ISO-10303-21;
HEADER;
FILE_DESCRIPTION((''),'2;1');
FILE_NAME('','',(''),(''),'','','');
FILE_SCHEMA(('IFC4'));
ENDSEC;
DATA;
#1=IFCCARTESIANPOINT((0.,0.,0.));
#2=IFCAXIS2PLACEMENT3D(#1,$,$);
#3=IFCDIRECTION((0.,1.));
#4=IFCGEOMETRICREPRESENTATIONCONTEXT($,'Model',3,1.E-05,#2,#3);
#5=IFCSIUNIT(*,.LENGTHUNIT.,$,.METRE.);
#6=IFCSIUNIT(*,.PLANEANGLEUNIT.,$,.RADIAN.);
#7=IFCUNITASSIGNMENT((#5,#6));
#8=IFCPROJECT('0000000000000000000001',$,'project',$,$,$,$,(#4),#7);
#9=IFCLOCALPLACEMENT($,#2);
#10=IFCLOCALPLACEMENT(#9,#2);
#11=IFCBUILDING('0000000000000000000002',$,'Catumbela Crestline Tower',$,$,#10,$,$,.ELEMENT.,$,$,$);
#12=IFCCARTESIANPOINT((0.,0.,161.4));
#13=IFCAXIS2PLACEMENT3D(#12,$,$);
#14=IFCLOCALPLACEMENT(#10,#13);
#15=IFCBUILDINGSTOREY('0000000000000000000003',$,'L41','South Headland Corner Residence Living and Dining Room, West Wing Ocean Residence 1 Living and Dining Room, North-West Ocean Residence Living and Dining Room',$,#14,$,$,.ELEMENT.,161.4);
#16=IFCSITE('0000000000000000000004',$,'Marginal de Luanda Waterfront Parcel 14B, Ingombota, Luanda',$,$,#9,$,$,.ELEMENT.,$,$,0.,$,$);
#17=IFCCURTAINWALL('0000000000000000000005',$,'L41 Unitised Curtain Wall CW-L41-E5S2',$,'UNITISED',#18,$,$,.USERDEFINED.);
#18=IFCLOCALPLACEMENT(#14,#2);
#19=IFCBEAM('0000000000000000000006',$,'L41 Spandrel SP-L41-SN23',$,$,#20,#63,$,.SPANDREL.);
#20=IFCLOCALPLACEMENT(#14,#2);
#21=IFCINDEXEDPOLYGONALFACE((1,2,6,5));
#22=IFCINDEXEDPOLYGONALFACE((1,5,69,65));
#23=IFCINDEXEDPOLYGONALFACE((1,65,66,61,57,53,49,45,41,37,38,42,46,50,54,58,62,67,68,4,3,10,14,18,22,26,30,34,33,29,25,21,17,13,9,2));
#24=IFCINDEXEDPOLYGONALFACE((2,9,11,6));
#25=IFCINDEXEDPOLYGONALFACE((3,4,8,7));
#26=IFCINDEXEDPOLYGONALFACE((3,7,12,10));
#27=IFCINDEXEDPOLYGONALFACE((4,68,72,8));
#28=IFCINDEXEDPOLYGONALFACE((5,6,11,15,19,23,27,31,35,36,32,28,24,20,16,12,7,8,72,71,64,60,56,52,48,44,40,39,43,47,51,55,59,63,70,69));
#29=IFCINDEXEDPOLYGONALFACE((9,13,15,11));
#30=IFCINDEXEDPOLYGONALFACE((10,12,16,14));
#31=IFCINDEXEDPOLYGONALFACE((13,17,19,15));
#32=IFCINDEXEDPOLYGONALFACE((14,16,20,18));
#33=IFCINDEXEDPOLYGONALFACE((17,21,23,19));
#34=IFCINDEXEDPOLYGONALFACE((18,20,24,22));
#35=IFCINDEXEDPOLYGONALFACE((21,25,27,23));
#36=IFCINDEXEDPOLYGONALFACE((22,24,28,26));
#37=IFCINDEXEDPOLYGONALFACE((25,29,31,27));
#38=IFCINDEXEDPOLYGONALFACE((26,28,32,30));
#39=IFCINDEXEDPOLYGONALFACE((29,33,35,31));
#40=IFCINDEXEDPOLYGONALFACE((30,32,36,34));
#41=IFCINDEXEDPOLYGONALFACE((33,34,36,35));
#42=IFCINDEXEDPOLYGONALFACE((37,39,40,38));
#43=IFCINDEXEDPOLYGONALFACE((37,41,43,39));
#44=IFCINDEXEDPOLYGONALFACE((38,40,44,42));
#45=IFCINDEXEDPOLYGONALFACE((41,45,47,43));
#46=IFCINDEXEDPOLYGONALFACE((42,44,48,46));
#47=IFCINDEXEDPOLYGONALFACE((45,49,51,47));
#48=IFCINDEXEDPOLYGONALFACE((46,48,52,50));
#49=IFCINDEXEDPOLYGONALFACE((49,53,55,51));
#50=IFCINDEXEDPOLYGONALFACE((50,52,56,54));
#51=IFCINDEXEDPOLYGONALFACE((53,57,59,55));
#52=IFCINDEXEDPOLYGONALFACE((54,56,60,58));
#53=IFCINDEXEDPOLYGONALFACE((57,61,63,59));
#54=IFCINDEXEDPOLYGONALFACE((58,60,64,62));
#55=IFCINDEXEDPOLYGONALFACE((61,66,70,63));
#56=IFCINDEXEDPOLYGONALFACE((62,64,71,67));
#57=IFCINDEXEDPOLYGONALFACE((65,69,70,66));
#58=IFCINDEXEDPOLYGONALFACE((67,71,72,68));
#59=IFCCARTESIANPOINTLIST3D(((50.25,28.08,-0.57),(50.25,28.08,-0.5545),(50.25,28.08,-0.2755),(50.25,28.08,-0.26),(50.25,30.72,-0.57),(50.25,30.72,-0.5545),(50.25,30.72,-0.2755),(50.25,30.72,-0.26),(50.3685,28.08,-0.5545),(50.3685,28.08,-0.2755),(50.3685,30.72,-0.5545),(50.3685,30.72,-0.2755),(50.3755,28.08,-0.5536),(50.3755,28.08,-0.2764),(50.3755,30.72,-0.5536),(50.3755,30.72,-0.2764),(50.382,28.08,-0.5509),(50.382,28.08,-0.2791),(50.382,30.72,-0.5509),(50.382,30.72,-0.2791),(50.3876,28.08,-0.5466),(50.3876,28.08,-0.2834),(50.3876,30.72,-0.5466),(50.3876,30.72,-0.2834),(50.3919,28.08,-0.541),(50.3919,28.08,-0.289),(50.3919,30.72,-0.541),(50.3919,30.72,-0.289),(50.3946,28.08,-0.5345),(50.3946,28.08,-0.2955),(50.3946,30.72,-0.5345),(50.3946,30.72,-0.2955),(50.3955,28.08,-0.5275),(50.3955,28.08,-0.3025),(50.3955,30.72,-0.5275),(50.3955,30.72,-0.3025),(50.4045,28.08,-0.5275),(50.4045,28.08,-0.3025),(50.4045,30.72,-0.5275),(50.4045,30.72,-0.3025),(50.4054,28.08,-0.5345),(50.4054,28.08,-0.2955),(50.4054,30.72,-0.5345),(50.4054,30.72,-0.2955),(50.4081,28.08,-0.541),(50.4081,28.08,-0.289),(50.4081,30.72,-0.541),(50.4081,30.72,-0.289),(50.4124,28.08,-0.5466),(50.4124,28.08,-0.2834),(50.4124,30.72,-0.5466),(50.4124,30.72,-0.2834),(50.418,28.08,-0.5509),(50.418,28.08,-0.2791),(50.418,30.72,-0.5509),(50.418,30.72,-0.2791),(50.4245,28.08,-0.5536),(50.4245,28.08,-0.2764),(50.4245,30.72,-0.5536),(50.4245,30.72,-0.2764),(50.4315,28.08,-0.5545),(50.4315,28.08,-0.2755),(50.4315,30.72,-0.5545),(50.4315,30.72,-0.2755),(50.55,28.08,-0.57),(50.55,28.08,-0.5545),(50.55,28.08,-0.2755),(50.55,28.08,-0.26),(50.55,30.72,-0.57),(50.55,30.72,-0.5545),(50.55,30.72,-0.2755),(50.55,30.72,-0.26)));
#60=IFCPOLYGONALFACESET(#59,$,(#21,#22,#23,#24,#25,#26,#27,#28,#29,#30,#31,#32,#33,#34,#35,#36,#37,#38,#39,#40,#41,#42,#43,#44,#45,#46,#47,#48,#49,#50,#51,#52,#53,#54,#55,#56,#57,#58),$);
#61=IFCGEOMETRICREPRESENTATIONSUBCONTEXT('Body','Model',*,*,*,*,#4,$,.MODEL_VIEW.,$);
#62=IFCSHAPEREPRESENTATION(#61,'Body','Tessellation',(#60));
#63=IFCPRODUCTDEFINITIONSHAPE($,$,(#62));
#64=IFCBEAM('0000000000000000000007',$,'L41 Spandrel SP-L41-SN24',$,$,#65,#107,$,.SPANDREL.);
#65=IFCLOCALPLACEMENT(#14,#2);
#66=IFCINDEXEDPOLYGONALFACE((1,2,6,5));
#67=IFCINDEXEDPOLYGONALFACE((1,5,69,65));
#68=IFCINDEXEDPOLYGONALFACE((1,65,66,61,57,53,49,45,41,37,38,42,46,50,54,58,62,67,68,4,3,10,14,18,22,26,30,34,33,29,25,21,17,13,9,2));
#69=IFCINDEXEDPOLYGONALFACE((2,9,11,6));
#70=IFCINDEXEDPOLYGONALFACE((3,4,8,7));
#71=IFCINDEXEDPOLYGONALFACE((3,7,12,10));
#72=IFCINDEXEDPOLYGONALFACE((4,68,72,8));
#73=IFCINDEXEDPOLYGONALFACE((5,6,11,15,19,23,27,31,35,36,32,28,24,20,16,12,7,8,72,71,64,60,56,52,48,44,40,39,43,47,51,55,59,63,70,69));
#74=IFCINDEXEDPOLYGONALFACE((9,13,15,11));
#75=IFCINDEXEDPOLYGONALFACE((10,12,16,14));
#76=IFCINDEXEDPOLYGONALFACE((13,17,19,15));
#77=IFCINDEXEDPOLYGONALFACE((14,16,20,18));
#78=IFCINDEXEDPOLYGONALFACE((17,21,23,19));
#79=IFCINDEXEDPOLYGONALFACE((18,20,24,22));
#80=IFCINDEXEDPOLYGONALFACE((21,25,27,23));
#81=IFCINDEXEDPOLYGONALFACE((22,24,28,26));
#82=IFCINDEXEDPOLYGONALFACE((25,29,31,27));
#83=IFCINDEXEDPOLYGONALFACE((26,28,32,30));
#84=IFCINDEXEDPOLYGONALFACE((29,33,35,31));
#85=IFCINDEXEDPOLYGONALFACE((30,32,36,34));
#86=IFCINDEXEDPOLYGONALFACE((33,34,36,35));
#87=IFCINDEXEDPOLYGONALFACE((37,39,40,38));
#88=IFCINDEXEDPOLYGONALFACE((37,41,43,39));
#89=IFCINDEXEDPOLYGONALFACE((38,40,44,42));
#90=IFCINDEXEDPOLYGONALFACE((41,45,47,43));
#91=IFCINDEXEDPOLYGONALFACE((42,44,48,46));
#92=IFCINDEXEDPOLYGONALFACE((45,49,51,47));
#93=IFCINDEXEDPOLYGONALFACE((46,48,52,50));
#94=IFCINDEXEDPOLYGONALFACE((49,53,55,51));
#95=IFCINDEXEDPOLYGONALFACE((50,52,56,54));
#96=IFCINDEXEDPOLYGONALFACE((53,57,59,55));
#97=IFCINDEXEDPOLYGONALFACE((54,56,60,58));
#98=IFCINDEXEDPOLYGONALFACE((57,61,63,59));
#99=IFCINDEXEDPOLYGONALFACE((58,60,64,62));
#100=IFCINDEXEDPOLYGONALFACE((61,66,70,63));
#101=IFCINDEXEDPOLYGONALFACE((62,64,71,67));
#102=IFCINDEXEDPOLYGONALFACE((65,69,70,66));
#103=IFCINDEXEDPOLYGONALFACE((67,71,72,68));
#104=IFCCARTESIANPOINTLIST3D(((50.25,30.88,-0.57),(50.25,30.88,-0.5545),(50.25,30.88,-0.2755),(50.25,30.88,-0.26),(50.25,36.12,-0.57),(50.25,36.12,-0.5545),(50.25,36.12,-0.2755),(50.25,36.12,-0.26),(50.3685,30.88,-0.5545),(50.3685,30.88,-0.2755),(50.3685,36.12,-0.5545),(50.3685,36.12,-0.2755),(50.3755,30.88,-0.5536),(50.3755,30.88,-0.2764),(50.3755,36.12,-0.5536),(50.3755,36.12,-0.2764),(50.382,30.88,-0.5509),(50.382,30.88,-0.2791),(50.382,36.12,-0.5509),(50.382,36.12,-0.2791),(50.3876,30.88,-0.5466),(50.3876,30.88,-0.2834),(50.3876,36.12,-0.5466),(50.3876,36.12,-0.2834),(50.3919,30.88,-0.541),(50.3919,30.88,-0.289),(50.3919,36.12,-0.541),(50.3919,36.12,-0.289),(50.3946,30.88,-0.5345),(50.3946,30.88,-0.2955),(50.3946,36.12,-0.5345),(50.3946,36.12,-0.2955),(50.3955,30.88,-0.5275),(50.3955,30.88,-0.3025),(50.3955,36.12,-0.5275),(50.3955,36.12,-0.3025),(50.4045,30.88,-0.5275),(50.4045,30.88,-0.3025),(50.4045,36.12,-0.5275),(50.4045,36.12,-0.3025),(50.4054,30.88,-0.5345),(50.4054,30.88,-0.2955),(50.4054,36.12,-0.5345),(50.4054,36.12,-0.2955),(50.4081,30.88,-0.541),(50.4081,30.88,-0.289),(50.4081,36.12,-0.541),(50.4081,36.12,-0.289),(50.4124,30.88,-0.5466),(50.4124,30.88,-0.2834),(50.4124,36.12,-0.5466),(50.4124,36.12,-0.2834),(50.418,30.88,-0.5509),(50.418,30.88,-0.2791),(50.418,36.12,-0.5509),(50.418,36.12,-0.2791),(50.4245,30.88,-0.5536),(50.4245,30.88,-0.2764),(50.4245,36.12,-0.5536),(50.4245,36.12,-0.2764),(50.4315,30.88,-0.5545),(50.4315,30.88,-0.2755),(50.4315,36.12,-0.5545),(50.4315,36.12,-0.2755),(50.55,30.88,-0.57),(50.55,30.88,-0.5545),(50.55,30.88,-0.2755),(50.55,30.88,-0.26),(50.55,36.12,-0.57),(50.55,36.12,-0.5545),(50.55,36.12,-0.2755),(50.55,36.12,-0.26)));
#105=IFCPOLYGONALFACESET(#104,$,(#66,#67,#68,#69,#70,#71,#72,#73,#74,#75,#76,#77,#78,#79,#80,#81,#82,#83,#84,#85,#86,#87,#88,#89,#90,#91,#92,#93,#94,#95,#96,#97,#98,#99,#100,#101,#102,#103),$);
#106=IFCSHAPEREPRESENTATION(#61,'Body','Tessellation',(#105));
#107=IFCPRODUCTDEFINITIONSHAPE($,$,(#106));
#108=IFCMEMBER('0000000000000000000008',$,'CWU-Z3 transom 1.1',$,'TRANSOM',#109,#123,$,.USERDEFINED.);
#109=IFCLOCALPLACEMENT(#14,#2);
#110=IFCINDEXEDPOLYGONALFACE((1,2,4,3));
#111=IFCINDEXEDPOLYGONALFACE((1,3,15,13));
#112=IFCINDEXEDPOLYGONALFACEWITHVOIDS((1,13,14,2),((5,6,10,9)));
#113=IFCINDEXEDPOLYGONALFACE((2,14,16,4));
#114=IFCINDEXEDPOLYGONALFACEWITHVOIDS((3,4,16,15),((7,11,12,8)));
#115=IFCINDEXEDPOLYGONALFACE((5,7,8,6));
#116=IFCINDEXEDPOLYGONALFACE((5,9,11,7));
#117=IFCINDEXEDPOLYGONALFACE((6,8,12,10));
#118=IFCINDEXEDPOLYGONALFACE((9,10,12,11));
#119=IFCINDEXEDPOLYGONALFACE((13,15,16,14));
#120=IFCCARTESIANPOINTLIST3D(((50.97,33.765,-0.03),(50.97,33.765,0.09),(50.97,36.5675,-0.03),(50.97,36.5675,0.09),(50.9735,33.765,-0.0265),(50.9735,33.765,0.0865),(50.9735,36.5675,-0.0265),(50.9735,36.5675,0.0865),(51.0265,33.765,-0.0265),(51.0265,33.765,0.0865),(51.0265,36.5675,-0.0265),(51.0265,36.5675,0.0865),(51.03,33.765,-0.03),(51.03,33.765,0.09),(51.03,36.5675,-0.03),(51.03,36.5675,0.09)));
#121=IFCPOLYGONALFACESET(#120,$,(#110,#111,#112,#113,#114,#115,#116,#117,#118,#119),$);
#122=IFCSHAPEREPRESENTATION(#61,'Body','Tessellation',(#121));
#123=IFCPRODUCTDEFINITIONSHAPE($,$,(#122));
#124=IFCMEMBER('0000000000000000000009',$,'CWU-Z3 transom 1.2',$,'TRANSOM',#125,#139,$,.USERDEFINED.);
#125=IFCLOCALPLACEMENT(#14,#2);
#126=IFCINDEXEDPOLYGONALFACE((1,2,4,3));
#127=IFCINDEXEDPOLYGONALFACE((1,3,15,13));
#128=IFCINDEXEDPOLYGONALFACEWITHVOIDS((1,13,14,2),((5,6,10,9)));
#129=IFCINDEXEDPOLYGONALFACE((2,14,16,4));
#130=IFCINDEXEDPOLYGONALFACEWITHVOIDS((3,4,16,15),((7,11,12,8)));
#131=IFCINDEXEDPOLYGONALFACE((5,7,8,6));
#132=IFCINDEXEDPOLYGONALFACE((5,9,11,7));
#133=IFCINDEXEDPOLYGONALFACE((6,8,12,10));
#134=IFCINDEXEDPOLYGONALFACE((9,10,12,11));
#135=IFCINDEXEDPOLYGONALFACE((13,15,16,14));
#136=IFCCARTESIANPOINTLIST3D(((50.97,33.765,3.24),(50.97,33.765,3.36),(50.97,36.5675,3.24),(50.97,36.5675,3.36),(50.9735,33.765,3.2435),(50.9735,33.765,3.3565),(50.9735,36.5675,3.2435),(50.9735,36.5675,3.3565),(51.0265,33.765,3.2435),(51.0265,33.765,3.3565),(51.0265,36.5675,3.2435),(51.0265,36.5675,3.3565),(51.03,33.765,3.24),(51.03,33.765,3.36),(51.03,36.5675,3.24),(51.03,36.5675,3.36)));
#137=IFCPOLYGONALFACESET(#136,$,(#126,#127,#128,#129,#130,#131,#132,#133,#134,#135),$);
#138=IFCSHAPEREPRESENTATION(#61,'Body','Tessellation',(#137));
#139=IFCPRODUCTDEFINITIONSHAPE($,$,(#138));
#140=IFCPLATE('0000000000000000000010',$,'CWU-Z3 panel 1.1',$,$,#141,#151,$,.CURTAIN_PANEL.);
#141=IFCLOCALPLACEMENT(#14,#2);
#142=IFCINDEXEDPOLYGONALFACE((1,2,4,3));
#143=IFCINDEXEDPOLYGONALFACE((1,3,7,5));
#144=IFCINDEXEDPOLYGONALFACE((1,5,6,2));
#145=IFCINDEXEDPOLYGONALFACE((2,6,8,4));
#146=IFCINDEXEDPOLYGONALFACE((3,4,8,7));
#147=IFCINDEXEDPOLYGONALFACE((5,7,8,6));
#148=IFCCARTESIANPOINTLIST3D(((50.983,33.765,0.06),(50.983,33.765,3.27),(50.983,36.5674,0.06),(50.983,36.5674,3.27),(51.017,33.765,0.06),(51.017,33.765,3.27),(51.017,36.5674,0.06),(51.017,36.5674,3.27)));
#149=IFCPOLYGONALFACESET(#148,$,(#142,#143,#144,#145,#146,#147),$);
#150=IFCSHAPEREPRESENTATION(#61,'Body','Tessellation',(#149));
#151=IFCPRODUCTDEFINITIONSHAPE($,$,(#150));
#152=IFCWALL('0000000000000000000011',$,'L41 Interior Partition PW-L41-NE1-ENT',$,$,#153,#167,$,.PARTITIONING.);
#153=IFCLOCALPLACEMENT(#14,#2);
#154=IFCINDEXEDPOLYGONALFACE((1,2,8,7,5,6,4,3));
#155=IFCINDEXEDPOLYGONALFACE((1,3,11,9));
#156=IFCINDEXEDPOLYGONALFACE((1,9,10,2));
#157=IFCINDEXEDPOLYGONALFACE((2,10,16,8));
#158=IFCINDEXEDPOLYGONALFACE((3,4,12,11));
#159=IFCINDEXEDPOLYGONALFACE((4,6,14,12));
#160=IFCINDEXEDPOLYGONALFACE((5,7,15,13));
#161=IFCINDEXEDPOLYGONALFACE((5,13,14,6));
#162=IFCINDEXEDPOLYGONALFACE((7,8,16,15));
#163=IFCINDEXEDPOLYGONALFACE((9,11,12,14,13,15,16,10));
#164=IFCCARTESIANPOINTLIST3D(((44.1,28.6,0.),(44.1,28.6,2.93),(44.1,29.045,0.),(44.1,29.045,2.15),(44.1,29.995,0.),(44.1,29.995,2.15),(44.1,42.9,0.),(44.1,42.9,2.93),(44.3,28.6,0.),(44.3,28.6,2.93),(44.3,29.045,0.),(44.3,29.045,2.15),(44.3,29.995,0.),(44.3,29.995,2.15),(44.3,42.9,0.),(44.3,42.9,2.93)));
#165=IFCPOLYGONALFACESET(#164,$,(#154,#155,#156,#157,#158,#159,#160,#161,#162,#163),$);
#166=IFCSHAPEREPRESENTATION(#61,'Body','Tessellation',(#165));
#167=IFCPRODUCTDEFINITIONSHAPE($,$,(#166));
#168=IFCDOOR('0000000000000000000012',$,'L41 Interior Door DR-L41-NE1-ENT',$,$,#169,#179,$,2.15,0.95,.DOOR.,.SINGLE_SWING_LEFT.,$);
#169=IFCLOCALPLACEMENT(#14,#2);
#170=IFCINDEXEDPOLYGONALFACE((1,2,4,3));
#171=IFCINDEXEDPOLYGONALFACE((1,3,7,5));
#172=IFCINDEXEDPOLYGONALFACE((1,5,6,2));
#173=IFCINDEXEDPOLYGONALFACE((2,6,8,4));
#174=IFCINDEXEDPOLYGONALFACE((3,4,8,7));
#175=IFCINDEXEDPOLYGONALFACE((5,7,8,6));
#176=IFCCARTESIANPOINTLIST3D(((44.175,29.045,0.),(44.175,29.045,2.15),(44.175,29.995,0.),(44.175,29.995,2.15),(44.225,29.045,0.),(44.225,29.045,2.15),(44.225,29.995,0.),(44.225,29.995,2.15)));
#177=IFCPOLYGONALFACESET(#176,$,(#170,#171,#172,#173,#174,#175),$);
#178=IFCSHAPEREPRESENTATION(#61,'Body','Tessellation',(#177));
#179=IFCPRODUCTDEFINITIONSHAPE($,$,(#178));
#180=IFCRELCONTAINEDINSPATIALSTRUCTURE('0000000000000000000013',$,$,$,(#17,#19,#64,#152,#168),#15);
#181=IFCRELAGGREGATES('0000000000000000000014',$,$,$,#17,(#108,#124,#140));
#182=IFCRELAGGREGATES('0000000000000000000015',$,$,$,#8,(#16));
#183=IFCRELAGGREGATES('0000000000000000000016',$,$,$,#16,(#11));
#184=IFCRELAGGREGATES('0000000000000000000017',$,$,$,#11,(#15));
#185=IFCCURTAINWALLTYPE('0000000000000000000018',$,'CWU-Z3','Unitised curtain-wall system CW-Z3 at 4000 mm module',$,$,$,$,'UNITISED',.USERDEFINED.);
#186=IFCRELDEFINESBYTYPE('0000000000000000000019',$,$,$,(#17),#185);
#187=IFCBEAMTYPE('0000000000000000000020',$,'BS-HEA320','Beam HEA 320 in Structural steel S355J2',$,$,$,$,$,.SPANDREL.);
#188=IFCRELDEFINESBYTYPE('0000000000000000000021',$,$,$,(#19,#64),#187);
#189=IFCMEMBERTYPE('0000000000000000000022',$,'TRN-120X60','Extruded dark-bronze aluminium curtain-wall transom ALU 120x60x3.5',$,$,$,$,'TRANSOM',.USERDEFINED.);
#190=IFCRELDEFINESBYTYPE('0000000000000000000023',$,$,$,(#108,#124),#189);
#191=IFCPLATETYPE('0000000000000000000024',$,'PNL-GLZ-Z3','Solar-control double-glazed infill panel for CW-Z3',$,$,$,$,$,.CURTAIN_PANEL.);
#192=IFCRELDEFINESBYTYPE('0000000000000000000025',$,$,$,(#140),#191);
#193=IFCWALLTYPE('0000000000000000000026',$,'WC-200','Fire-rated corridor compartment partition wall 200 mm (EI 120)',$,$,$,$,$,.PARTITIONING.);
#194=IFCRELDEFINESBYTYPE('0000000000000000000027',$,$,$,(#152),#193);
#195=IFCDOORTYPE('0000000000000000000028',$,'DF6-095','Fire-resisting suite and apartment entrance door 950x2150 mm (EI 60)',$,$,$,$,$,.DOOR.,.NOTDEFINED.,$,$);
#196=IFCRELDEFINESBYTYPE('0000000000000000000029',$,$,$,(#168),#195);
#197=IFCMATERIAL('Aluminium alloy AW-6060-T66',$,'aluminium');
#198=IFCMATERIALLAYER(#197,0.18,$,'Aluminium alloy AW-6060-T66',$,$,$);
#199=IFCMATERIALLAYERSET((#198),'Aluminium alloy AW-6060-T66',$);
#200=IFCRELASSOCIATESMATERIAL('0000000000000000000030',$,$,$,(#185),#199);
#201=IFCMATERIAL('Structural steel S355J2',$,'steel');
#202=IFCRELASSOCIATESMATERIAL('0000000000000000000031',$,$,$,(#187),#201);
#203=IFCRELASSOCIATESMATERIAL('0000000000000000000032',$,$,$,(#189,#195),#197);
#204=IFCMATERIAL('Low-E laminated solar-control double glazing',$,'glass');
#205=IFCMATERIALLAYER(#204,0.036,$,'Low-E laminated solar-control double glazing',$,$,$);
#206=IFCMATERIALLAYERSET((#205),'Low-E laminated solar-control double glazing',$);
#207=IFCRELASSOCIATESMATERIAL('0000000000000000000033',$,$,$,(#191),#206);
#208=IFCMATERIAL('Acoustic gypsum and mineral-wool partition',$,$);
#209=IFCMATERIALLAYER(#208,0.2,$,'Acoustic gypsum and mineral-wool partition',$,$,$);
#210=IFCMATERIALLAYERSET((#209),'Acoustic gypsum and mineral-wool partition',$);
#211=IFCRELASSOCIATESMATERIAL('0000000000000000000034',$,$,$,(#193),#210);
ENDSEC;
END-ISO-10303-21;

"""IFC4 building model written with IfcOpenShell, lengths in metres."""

from ifc_helpers import new_model, si_unit, direction, frame, frame_2d, origin, origin_2d, place, context, subcontext, project, spatial, rectangle, hollow_rectangle, i_section, extrude, material, layer, layer_set, material_profile, profile_set, type_object, element, fill, aggregate, save


model = new_model("IFC4")

# Units and contexts
model_context = context("Model", 3, precision=1e-05, world=origin(), true_north=direction((0.0, 1.0)))
body_context = subcontext(model_context, "Body", "Model", "MODEL_VIEW")
ifc_project = project(units=[si_unit("LENGTHUNIT", "METRE"), si_unit("PLANEANGLEUNIT", "RADIAN")], contexts=[model_context])

# Site, building, storey
site_placement = place(None, origin())
site = spatial("IfcSite", under=ifc_project, at=site_placement, Name="Marginal de Luanda Waterfront Parcel 14B, Ingombota, Luanda", CompositionType="ELEMENT", RefElevation=0.0)
building_placement = place(site_placement, origin())
building = spatial("IfcBuilding", under=site, at=building_placement, Name="Catumbela Crestline Tower", CompositionType="ELEMENT")
storey_placement = place(building_placement, frame((0.0, 0.0, 161.4)))
storey = spatial("IfcBuildingStorey", under=building, at=storey_placement, Name="L41", Description="South Headland Corner Residence Living and Dining Room, West Wing Ocean Residence 1 Living and Dining Room, North-West Ocean Residence Living and Dining Room", CompositionType="ELEMENT", Elevation=161.4)

# Shared definitions
ifc_material_1 = material(Name="Structural steel S355J2", Category="steel")

# Curtain wall
ifc_material_2 = material(Name="Aluminium alloy AW-6060-T66", Category="aluminium")
ifc_layer_1 = layer(ifc_material_2, 0.18, Name="Aluminium alloy AW-6060-T66")
ifc_layer_set_1 = layer_set([ifc_layer_1], Name="Aluminium alloy AW-6060-T66")
curtain_wall_type = type_object("IfcCurtainWallType", Name="CWU-Z3", Description="Unitised curtain-wall system CW-Z3 at 4000 mm module", ElementType="UNITISED", PredefinedType="USERDEFINED", material=ifc_layer_set_1)
curtain_wall_placement = place(storey_placement, origin())
curtain_wall = element("IfcCurtainWall", 1, at=curtain_wall_placement, inside=storey, type_object=curtain_wall_type, Name="L41 Unitised Curtain Wall CW-L41-E5S2", ObjectType="UNITISED", PredefinedType="USERDEFINED")

# Beams
ifc_material_profile_1 = material_profile(ifc_material_1, i_section(OverallWidth=0.3, OverallDepth=0.31, WebThickness=0.009, FlangeThickness=0.0155, FilletRadius=0.027, at=origin_2d()), Name="HEA 320")
ifc_profile_set_1 = profile_set([ifc_material_profile_1], Name="Structural steel S355J2")
beam_type_1 = type_object("IfcBeamType", Name="BS-HEA320", Description="Beam HEA 320 in Structural steel S355J2", PredefinedType="SPANDREL", material=ifc_profile_set_1)
beam_1_placement = place(storey_placement, frame((50.4, 28.08, -0.415), z_axis=(0.0, 1.0, 0.0), x_axis=(-1.0, 0.0, 0.0)))
element("IfcBeam", 2, at=beam_1_placement, inside=storey, type_object=beam_type_1, Name="L41 Spandrel SP-L41-SN23", PredefinedType="SPANDREL", context=body_context, shape_type="SweptSolid", body=[
    extrude(i_section(OverallWidth=0.3, OverallDepth=0.31, WebThickness=0.009, FlangeThickness=0.0155, FilletRadius=0.027, at=origin_2d()), origin(), (0.0, 0.0, 1.0), 2.64),
])
beam_2_placement = place(storey_placement, frame((50.4, 30.88, -0.415), z_axis=(0.0, 1.0, 0.0), x_axis=(-1.0, 0.0, 0.0)))
element("IfcBeam", 3, at=beam_2_placement, inside=storey, type_object=beam_type_1, Name="L41 Spandrel SP-L41-SN24", PredefinedType="SPANDREL", context=body_context, shape_type="SweptSolid", body=[
    extrude(i_section(OverallWidth=0.3, OverallDepth=0.31, WebThickness=0.009, FlangeThickness=0.0155, FilletRadius=0.027, at=origin_2d()), origin(), (0.0, 0.0, 1.0), 5.24),
])

# Members
ifc_material_profile_2 = material_profile(ifc_material_2, hollow_rectangle(XDim=0.06, YDim=0.12, WallThickness=0.0035, at=origin_2d()), Name="ALU 120x60x3.5")
ifc_profile_set_2 = profile_set([ifc_material_profile_2], Name="Aluminium alloy AW-6060-T66")
member_type_1 = type_object("IfcMemberType", Name="TRN-120X60", Description="Extruded dark-bronze aluminium curtain-wall transom ALU 120x60x3.5", ElementType="TRANSOM", PredefinedType="USERDEFINED", material=ifc_profile_set_2)
member_1_placement = place(storey_placement, frame((51.0, 33.765, 0.03), z_axis=(0.0, 1.0, 0.0), x_axis=(-1.0, 0.0, 0.0)))
member_1 = element("IfcMember", 4, at=member_1_placement, type_object=member_type_1, Name="CWU-Z3 transom 1.1", ObjectType="TRANSOM", PredefinedType="USERDEFINED", context=body_context, shape_type="SweptSolid", body=[
    extrude(hollow_rectangle(XDim=0.06, YDim=0.12, WallThickness=0.0035, at=origin_2d()), origin(), (0.0, 0.0, 1.0), 2.8025),
])
member_2_placement = place(storey_placement, frame((51.0, 33.765, 3.3), z_axis=(0.0, 1.0, 0.0), x_axis=(-1.0, 0.0, 0.0)))
member_2 = element("IfcMember", 5, at=member_2_placement, type_object=member_type_1, Name="CWU-Z3 transom 1.2", ObjectType="TRANSOM", PredefinedType="USERDEFINED", context=body_context, shape_type="SweptSolid", body=[
    extrude(hollow_rectangle(XDim=0.06, YDim=0.12, WallThickness=0.0035, at=origin_2d()), origin(), (0.0, 0.0, 1.0), 2.8025),
])

# Plate
ifc_material_3 = material(Name="Low-E laminated solar-control double glazing", Category="glass")
ifc_layer_2 = layer(ifc_material_3, 0.036, Name="Low-E laminated solar-control double glazing")
ifc_layer_set_2 = layer_set([ifc_layer_2], Name="Low-E laminated solar-control double glazing")
plate_type = type_object("IfcPlateType", Name="PNL-GLZ-Z3", Description="Solar-control double-glazed infill panel for CW-Z3", PredefinedType="CURTAIN_PANEL", material=ifc_layer_set_2)
plate_placement = place(storey_placement, frame((51.0, 35.1662, 0.06), z_axis=(0.0, 0.0, 1.0), x_axis=(0.0, 1.0, 0.0)))
plate = element("IfcPlate", 6, at=plate_placement, type_object=plate_type, Name="CWU-Z3 panel 1.1", PredefinedType="CURTAIN_PANEL", context=body_context, shape_type="SweptSolid", body=[
    extrude(rectangle(XDim=2.8025, YDim=0.034, at=origin_2d()), origin(), (0.0, 0.0, 1.0), 3.21),
])
aggregate(curtain_wall, [member_1, member_2, plate])

# Wall, opening, door
ifc_material_4 = material(Name="Acoustic gypsum and mineral-wool partition")
ifc_layer_3 = layer(ifc_material_4, 0.2, Name="Acoustic gypsum and mineral-wool partition")
ifc_layer_set_3 = layer_set([ifc_layer_3], Name="Acoustic gypsum and mineral-wool partition")
wall_type_1 = type_object("IfcWallType", Name="WC-200", Description="Fire-rated corridor compartment partition wall 200 mm (EI 120)", PredefinedType="PARTITIONING", material=ifc_layer_set_3)
wall_1_placement = place(storey_placement, frame((44.2, 28.6, 0.0), z_axis=(0.0, 0.0, 1.0), x_axis=(0.0, 1.0, 0.0)))
wall_1 = element("IfcWall", 7, at=wall_1_placement, inside=storey, type_object=wall_type_1, Name="L41 Interior Partition PW-L41-NE1-ENT", PredefinedType="PARTITIONING", context=body_context, shape_type="SweptSolid", body=[
    extrude(rectangle(XDim=14.3, YDim=0.2, at=frame_2d((7.15, 0.0))), origin(), (0.0, 0.0, 1.0), 2.93),
])
opening_1_placement = place(wall_1_placement, frame((0.445, 0.0, 0.0)))
opening_1 = element("IfcOpeningElement", 8, at=opening_1_placement, cuts=wall_1, PredefinedType="OPENING", context=body_context, shape_type="SweptSolid", body=[
    extrude(rectangle(XDim=0.95, YDim=2.15, at=frame_2d((0.475, 1.075))), frame((0.0, 0.11, 0.0), z_axis=(0.0, -1.0, 0.0), x_axis=(1.0, 0.0, 0.0)), (0.0, 0.0, 1.0), 0.22),
])
door_type_1 = type_object("IfcDoorType", Name="DF6-095", Description="Fire-resisting suite and apartment entrance door 950x2150 mm (EI 60)", OperationType="NOTDEFINED", PredefinedType="DOOR", material=ifc_material_2)
door_1_placement = place(opening_1_placement, origin())
door_1 = element("IfcDoor", 9, at=door_1_placement, inside=storey, type_object=door_type_1, Name="L41 Interior Door DR-L41-NE1-ENT", OperationType="SINGLE_SWING_LEFT", OverallHeight=2.15, OverallWidth=0.95, PredefinedType="DOOR", context=body_context, shape_type="SweptSolid", body=[
    extrude(rectangle(XDim=0.95, YDim=2.15, at=frame_2d((0.475, 1.075))), frame((0.0, 0.025, 0.0), z_axis=(0.0, -1.0, 0.0), x_axis=(1.0, 0.0, 0.0)), (0.0, 0.0, 1.0), 0.05),
])
fill(opening_1, door_1)

save(model, "model.ifc")
